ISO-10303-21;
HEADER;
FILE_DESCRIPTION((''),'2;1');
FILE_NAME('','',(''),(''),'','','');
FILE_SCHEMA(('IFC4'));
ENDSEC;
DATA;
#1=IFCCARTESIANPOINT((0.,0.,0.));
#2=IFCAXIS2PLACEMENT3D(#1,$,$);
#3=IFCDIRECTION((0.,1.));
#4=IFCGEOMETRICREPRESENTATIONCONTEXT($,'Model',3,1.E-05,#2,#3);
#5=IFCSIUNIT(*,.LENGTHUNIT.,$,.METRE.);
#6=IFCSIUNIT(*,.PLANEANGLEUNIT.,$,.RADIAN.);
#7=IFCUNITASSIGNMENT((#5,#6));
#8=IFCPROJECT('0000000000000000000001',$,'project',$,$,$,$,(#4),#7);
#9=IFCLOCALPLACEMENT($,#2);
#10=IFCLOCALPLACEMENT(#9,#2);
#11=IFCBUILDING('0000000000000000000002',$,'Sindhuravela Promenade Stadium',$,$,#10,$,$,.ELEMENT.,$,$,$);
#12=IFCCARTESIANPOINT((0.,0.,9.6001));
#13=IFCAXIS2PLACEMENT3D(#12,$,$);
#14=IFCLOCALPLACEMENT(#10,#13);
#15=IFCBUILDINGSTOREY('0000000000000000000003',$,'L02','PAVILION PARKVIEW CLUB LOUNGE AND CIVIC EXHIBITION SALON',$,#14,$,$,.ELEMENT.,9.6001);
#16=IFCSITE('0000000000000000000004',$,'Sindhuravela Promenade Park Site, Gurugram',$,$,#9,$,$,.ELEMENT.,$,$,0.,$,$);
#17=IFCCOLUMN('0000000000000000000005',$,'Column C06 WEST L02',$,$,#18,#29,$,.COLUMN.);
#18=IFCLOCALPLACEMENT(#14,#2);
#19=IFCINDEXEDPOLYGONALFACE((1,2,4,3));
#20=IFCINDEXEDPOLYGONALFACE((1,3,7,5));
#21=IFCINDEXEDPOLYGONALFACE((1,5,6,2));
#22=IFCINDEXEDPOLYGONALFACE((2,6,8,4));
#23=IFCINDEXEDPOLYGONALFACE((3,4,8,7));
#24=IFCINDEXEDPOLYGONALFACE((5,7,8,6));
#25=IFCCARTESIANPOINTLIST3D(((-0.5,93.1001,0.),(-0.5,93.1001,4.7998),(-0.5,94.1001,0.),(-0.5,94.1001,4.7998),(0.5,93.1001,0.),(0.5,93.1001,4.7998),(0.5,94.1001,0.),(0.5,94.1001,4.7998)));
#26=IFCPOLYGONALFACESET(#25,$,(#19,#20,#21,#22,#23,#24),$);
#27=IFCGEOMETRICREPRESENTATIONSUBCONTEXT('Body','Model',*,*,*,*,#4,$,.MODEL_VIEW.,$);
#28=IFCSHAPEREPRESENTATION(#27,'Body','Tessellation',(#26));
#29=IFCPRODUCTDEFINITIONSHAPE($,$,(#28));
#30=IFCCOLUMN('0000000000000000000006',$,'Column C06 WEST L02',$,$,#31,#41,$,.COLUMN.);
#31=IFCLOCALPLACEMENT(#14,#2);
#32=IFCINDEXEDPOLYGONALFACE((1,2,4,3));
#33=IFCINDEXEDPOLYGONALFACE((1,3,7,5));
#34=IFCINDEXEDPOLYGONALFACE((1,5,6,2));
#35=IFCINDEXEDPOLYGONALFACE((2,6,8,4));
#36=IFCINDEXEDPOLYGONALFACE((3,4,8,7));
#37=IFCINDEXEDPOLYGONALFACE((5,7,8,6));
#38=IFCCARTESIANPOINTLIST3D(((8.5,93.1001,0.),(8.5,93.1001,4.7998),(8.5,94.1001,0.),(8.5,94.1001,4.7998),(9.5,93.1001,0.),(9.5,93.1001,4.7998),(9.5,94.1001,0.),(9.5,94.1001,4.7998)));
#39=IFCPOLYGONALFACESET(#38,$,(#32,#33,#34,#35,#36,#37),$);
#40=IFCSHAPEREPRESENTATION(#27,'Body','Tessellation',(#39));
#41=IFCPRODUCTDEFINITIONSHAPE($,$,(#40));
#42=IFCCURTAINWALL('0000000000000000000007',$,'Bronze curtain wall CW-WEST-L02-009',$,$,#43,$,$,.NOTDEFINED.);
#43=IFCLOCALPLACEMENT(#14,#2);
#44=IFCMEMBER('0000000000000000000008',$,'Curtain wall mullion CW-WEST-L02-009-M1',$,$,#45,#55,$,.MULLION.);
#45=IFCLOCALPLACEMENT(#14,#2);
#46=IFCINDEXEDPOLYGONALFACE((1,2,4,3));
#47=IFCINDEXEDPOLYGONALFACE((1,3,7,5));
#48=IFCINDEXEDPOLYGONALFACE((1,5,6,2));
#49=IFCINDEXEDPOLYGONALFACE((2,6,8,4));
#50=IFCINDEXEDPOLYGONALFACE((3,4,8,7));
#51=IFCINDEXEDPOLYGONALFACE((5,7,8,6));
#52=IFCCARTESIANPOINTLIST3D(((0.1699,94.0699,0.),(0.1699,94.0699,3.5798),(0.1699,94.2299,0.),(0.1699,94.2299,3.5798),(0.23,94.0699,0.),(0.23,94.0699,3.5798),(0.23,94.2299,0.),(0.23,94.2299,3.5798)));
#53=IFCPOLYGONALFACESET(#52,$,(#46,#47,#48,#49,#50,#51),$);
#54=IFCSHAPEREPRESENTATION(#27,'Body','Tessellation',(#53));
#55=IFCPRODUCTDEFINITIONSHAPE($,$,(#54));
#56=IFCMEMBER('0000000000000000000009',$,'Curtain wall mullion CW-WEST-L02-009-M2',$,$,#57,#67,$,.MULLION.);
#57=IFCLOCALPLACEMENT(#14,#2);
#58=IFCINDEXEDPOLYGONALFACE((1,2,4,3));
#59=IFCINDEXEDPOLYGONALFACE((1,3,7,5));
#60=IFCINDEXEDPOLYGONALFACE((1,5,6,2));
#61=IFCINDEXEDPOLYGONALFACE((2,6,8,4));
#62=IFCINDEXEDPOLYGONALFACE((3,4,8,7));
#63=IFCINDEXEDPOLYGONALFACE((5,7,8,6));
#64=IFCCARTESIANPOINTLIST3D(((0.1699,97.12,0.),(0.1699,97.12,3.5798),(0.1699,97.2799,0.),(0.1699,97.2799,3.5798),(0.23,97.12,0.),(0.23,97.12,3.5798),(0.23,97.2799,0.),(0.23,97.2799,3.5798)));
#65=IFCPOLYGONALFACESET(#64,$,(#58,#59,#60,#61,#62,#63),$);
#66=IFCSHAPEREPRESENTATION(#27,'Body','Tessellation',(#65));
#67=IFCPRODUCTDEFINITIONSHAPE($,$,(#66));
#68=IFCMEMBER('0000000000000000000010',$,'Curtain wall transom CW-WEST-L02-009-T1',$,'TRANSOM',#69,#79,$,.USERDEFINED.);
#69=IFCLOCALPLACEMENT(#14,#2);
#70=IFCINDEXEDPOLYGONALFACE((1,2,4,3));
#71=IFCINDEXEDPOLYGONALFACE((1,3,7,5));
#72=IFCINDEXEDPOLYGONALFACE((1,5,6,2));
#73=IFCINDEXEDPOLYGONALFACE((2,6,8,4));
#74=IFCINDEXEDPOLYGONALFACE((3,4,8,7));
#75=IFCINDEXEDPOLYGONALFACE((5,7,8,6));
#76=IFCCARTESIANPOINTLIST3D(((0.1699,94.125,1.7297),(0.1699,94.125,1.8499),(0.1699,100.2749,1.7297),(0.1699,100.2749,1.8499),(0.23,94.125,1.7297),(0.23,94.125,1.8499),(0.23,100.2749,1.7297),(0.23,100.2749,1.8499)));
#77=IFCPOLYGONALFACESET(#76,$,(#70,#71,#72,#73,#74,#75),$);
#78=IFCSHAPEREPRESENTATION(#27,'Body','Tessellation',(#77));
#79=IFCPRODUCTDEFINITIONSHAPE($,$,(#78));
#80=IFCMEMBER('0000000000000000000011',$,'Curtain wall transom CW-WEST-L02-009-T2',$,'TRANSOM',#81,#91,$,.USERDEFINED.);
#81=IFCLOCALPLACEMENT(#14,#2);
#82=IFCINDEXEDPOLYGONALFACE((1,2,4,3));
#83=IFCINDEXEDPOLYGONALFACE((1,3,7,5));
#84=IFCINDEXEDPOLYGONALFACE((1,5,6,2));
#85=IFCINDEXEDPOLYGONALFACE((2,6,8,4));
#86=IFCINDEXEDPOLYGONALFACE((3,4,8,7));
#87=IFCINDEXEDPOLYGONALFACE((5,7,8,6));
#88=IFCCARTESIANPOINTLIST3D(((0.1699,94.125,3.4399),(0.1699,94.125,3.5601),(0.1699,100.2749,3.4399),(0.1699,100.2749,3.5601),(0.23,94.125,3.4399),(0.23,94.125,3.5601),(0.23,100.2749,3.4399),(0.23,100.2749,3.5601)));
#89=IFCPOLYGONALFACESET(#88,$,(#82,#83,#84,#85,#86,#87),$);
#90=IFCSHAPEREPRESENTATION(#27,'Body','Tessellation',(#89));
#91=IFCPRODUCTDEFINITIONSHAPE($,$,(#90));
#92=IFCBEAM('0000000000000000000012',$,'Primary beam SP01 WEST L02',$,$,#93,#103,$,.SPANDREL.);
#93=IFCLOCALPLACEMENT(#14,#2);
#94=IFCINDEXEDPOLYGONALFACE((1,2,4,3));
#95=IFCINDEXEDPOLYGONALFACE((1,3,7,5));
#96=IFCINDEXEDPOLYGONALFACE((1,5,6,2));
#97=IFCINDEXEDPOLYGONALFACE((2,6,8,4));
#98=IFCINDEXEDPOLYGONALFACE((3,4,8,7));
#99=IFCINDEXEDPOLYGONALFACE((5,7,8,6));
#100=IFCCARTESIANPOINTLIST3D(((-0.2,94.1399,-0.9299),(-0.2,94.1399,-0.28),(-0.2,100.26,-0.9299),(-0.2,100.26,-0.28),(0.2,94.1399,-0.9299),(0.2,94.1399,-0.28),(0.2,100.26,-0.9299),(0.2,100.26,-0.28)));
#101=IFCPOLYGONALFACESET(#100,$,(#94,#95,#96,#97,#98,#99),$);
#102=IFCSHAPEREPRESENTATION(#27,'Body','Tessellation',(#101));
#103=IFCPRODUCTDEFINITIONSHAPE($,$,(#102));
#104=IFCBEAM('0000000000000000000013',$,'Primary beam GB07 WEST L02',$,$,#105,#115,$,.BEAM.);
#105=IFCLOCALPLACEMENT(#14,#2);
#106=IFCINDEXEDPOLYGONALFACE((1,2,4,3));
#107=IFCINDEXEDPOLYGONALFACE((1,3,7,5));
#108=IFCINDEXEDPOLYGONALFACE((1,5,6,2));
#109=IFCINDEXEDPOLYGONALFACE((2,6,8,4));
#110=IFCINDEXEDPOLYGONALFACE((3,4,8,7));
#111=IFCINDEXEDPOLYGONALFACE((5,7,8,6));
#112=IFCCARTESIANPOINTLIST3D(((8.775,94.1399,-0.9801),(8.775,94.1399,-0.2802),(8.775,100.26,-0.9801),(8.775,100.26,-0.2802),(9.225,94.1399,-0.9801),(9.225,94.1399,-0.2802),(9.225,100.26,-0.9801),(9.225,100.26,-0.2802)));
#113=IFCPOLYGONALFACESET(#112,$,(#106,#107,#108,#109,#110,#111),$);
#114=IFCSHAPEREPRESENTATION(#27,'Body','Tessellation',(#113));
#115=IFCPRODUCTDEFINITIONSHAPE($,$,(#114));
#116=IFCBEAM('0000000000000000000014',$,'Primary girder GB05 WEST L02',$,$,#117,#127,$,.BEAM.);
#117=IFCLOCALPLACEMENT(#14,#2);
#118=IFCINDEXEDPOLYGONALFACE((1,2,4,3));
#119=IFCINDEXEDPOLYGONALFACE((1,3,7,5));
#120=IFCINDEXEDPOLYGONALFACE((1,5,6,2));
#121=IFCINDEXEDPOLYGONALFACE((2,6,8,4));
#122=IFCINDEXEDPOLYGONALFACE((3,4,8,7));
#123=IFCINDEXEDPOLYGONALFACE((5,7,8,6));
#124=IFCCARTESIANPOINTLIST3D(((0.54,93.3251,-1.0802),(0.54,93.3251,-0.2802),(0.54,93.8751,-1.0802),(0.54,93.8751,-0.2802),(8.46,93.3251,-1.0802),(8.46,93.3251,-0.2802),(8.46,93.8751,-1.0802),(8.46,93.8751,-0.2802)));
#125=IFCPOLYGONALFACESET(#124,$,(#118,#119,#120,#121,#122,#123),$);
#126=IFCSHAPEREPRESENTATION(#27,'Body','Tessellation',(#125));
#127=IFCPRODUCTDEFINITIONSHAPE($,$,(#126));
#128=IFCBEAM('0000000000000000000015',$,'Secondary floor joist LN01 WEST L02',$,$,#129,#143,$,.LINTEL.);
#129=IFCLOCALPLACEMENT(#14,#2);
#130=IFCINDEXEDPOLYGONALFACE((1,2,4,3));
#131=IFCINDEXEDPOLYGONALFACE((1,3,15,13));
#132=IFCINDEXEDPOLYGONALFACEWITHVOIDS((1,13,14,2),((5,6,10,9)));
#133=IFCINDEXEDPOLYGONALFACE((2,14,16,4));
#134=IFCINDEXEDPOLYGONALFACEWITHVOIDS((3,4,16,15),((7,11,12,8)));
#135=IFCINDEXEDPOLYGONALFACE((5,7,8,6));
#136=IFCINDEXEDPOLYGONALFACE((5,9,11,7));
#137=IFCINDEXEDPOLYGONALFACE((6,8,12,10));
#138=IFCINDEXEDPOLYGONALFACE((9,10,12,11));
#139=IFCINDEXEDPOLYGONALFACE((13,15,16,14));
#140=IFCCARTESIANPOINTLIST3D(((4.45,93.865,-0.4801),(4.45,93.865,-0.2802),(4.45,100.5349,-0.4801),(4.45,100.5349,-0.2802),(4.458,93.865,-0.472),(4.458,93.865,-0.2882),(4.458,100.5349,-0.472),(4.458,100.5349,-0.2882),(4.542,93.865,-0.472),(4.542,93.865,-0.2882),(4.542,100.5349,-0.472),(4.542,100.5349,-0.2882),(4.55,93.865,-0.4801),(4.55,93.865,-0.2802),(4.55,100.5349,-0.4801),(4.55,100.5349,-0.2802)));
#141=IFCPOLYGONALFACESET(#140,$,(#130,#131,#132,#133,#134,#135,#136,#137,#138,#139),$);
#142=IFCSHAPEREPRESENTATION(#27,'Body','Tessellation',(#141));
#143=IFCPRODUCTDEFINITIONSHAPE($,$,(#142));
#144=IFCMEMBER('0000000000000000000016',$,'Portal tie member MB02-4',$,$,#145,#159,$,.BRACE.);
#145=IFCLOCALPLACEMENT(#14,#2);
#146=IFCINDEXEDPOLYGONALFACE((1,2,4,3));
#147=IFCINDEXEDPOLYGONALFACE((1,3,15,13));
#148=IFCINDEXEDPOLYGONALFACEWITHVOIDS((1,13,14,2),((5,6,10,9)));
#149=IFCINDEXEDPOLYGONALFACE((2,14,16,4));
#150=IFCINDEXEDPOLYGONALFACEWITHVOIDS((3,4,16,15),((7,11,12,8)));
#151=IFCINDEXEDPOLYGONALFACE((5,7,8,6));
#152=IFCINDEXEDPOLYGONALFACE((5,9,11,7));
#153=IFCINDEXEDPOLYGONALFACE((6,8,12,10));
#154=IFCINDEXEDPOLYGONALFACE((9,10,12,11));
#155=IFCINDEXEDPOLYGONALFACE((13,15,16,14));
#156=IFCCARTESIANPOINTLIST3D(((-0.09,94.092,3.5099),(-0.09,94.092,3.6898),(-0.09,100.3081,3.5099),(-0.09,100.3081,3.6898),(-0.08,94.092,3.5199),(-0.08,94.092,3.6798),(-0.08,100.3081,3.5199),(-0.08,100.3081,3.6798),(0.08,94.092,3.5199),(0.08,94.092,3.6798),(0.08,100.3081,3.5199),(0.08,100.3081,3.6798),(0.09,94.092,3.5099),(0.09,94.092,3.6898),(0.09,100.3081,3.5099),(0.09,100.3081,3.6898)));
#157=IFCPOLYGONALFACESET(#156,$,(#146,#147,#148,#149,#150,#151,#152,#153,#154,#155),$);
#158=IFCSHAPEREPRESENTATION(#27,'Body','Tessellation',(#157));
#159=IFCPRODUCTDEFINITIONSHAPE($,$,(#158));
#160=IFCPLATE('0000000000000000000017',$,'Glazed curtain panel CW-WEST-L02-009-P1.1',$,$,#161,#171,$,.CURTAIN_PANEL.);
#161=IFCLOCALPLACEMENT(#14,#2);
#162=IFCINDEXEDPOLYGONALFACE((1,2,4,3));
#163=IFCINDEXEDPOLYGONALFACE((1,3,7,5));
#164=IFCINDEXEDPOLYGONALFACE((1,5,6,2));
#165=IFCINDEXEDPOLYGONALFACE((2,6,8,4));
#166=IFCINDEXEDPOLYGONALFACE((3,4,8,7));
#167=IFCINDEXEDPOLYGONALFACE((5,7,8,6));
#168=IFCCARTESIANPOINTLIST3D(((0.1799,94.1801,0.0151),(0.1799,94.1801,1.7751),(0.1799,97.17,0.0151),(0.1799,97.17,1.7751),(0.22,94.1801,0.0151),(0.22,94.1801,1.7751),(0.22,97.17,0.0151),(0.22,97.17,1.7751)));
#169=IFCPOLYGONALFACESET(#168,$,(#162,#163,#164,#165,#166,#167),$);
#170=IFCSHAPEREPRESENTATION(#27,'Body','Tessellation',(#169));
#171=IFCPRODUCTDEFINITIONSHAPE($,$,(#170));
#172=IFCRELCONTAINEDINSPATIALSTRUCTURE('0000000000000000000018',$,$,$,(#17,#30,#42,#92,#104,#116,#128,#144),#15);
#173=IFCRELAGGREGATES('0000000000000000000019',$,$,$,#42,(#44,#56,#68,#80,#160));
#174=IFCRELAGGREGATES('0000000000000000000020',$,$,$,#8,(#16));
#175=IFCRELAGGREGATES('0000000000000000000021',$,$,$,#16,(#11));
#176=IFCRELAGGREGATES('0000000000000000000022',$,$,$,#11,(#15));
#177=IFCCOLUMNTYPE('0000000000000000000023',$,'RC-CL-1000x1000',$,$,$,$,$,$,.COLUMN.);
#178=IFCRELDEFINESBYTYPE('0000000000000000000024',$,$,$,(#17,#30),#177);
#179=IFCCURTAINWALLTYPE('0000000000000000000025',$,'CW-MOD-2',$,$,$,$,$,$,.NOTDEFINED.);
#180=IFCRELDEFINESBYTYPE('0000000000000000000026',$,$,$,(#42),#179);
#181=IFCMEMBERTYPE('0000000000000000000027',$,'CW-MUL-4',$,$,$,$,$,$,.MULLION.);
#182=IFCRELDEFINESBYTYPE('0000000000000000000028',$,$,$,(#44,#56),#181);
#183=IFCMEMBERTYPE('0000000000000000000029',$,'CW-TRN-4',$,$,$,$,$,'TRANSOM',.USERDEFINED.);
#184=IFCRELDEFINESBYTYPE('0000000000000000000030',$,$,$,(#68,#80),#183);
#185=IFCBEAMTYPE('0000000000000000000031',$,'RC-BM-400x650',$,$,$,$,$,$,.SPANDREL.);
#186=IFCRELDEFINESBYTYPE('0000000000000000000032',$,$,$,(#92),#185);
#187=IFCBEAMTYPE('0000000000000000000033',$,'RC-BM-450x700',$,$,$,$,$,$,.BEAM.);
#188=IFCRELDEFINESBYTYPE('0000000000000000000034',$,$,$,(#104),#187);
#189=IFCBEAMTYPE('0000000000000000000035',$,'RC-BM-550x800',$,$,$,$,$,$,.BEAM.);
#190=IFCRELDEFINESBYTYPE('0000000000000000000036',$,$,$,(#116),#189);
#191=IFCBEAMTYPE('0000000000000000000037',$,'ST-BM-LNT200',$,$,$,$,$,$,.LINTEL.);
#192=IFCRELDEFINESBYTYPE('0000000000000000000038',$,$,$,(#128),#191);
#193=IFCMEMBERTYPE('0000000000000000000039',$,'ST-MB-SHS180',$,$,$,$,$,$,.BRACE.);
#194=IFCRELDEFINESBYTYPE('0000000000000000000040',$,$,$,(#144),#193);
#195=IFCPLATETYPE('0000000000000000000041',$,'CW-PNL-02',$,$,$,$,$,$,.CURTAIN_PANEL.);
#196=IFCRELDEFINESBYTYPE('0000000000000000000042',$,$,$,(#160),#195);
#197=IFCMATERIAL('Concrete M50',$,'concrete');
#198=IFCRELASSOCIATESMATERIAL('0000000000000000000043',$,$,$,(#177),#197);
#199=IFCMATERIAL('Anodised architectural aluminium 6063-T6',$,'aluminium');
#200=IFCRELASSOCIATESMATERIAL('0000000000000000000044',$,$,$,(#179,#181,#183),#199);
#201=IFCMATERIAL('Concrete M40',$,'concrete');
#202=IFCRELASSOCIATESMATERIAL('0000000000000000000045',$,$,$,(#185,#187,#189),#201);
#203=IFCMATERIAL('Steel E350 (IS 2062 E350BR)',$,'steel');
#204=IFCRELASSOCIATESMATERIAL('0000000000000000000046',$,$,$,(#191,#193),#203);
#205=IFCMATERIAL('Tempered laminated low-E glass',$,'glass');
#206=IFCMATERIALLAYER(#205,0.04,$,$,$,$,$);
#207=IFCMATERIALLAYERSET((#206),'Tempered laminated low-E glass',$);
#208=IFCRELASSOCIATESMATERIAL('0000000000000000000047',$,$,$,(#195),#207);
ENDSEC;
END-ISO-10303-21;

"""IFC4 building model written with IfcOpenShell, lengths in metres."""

from ifc_helpers import new_model, si_unit, direction, frame, origin, origin_2d, place, context, subcontext, project, spatial, rectangle, hollow_rectangle, extrude, material, layer, layer_set, material_profile, profile_set, type_object, element, aggregate, save


model = new_model("IFC4")

# Units and contexts
model_context = context("Model", 3, precision=1e-05, world=origin(), true_north=direction((0.0, 1.0)))
body_context = subcontext(model_context, "Body", "Model", "MODEL_VIEW")
ifc_project = project(units=[si_unit("LENGTHUNIT", "METRE"), si_unit("PLANEANGLEUNIT", "RADIAN")], contexts=[model_context])

# Site, building, storey
site_placement = place(None, origin())
site = spatial("IfcSite", under=ifc_project, at=site_placement, Name="Sindhuravela Promenade Park Site, Gurugram", CompositionType="ELEMENT", RefElevation=0.0)
building_placement = place(site_placement, origin())
building = spatial("IfcBuilding", under=site, at=building_placement, Name="Sindhuravela Promenade Stadium", CompositionType="ELEMENT")
storey_placement = place(building_placement, frame((0.0, 0.0, 9.6001)))
storey = spatial("IfcBuildingStorey", under=building, at=storey_placement, Name="L02", Description="PAVILION PARKVIEW CLUB LOUNGE AND CIVIC EXHIBITION SALON", CompositionType="ELEMENT", Elevation=9.6001)

# Columns
ifc_material_1 = material(Name="Concrete M50", Category="concrete")
ifc_material_profile_1 = material_profile(ifc_material_1, rectangle(XDim=1.0, YDim=1.0, at=origin_2d()), Name="RC 1000x1000")
ifc_profile_set_1 = profile_set([ifc_material_profile_1], Name="Concrete M50")
column_type = type_object("IfcColumnType", Name="RC-CL-1000x1000", PredefinedType="COLUMN", material=ifc_profile_set_1)
for number, where, z_axis, x_axis, name in (
    (1, (0.0, 93.6001, 0.0), (0.0, 0.0, 1.0), (1.0, 0.0, 0.0), "Column C06 WEST L02"),
    (2, (9.0, 93.6001, 0.0), (0.0, 0.0, 1.0), (1.0, 0.0, 0.0), "Column C06 WEST L02"),
):
    element("IfcColumn", number, at=place(storey_placement, frame(where, z_axis=z_axis, x_axis=x_axis)), inside=storey, type_object=column_type, Name=name, PredefinedType="COLUMN", context=body_context, shape_type="SweptSolid", body=[
        extrude(rectangle(XDim=1.0, YDim=1.0, at=origin_2d()), origin(), (0.0, 0.0, 1.0), 4.7998),
    ])

# Curtain wall, members
ifc_material_2 = material(Name="Anodised architectural aluminium 6063-T6", Category="aluminium")
curtain_wall_type = type_object("IfcCurtainWallType", Name="CW-MOD-2", PredefinedType="NOTDEFINED", material=ifc_material_2)
curtain_wall_placement = place(storey_placement, origin())
curtain_wall = element("IfcCurtainWall", 3, at=curtain_wall_placement, inside=storey, type_object=curtain_wall_type, Name="Bronze curtain wall CW-WEST-L02-009", PredefinedType="NOTDEFINED")
ifc_material_profile_2 = material_profile(ifc_material_2, rectangle(XDim=0.0601, YDim=0.1599, at=origin_2d()), Name="ALU M60x160")
ifc_profile_set_2 = profile_set([ifc_material_profile_2], Name="Anodised architectural aluminium 6063-T6")
member_type_1 = type_object("IfcMemberType", Name="CW-MUL-4", PredefinedType="MULLION", material=ifc_profile_set_2)
member_1_placement = place(storey_placement, frame((0.2, 94.1499, 0.0), z_axis=(0.0, 0.0, 1.0), x_axis=(1.0, 0.0, 0.0)))
member_1 = element("IfcMember", 4, at=member_1_placement, type_object=member_type_1, Name="Curtain wall mullion CW-WEST-L02-009-M1", PredefinedType="MULLION", context=body_context, shape_type="SweptSolid", body=[
    extrude(rectangle(XDim=0.0601, YDim=0.1599, at=origin_2d()), origin(), (0.0, 0.0, 1.0), 3.5798),
])
member_2_placement = place(storey_placement, frame((0.2, 97.2, 0.0), z_axis=(0.0, 0.0, 1.0), x_axis=(1.0, 0.0, 0.0)))
member_2 = element("IfcMember", 5, at=member_2_placement, type_object=member_type_1, Name="Curtain wall mullion CW-WEST-L02-009-M2", PredefinedType="MULLION", context=body_context, shape_type="SweptSolid", body=[
    extrude(rectangle(XDim=0.0601, YDim=0.1599, at=origin_2d()), origin(), (0.0, 0.0, 1.0), 3.5798),
])
ifc_material_profile_3 = material_profile(ifc_material_2, rectangle(XDim=0.0601, YDim=0.1201, at=origin_2d()), Name="ALU T60x120")
ifc_profile_set_3 = profile_set([ifc_material_profile_3], Name="Anodised architectural aluminium 6063-T6")
member_type_2 = type_object("IfcMemberType", Name="CW-TRN-4", ElementType="TRANSOM", PredefinedType="USERDEFINED", material=ifc_profile_set_3)
member_3_placement = place(storey_placement, frame((0.2, 94.125, 1.7898), z_axis=(0.0, 1.0, 0.0), x_axis=(-1.0, 0.0, 0.0)))
member_3 = element("IfcMember", 6, at=member_3_placement, type_object=member_type_2, Name="Curtain wall transom CW-WEST-L02-009-T1", ObjectType="TRANSOM", PredefinedType="USERDEFINED", context=body_context, shape_type="SweptSolid", body=[
    extrude(rectangle(XDim=0.0601, YDim=0.1201, at=origin_2d()), origin(), (0.0, 0.0, 1.0), 6.1499),
])
member_4_placement = place(storey_placement, frame((0.2, 94.125, 3.5), z_axis=(0.0, 1.0, 0.0), x_axis=(-1.0, 0.0, 0.0)))
member_4 = element("IfcMember", 7, at=member_4_placement, type_object=member_type_2, Name="Curtain wall transom CW-WEST-L02-009-T2", ObjectType="TRANSOM", PredefinedType="USERDEFINED", context=body_context, shape_type="SweptSolid", body=[
    extrude(rectangle(XDim=0.0601, YDim=0.1201, at=origin_2d()), origin(), (0.0, 0.0, 1.0), 6.1499),
])

# Beams
ifc_material_3 = material(Name="Concrete M40", Category="concrete")
ifc_material_profile_4 = material_profile(ifc_material_3, rectangle(XDim=0.3999, YDim=0.6499, at=origin_2d()), Name="RC 400x650")
ifc_profile_set_4 = profile_set([ifc_material_profile_4], Name="Concrete M40")
beam_type_1 = type_object("IfcBeamType", Name="RC-BM-400x650", PredefinedType="SPANDREL", material=ifc_profile_set_4)
beam_1_placement = place(storey_placement, frame((0.0, 94.1399, -0.605), z_axis=(0.0, 1.0, 0.0), x_axis=(-1.0, 0.0, 0.0)))
element("IfcBeam", 8, at=beam_1_placement, inside=storey, type_object=beam_type_1, Name="Primary beam SP01 WEST L02", PredefinedType="SPANDREL", context=body_context, shape_type="SweptSolid", body=[
    extrude(rectangle(XDim=0.3999, YDim=0.6499, at=origin_2d()), origin(), (0.0, 0.0, 1.0), 6.1201),
])
ifc_material_profile_5 = material_profile(ifc_material_3, rectangle(XDim=0.45, YDim=0.7, at=origin_2d()), Name="RC 450x700")
ifc_profile_set_5 = profile_set([ifc_material_profile_5], Name="Concrete M40")
beam_type_2 = type_object("IfcBeamType", Name="RC-BM-450x700", PredefinedType="BEAM", material=ifc_profile_set_5)
beam_2_placement = place(storey_placement, frame((9.0, 94.1399, -0.6301), z_axis=(0.0, 1.0, 0.0), x_axis=(-1.0, 0.0, 0.0)))
element("IfcBeam", 9, at=beam_2_placement, inside=storey, type_object=beam_type_2, Name="Primary beam GB07 WEST L02", PredefinedType="BEAM", context=body_context, shape_type="SweptSolid", body=[
    extrude(rectangle(XDim=0.45, YDim=0.7, at=origin_2d()), origin(), (0.0, 0.0, 1.0), 6.1201),
])
ifc_material_profile_6 = material_profile(ifc_material_3, rectangle(XDim=0.55, YDim=0.8, at=origin_2d()), Name="RC 550x800")
ifc_profile_set_6 = profile_set([ifc_material_profile_6], Name="Concrete M40")
beam_type_3 = type_object("IfcBeamType", Name="RC-BM-550x800", PredefinedType="BEAM", material=ifc_profile_set_6)
beam_3_placement = place(storey_placement, frame((0.54, 93.6001, -0.6802), z_axis=(1.0, 0.0, 0.0), x_axis=(0.0, 1.0, 0.0)))
element("IfcBeam", 10, at=beam_3_placement, inside=storey, type_object=beam_type_3, Name="Primary girder GB05 WEST L02", PredefinedType="BEAM", context=body_context, shape_type="SweptSolid", body=[
    extrude(rectangle(XDim=0.55, YDim=0.8, at=origin_2d()), origin(), (0.0, 0.0, 1.0), 7.9199),
])
ifc_material_4 = material(Name="Steel E350 (IS 2062 E350BR)", Category="steel")
ifc_material_profile_7 = material_profile(ifc_material_4, hollow_rectangle(XDim=0.1001, YDim=0.2, WallThickness=0.0081, at=origin_2d()), Name="RHS 200x100x8")
ifc_profile_set_7 = profile_set([ifc_material_profile_7], Name="Steel E350 (IS 2062 E350BR)")
beam_type_4 = type_object("IfcBeamType", Name="ST-BM-LNT200", PredefinedType="LINTEL", material=ifc_profile_set_7)
beam_4_placement = place(storey_placement, frame((4.5, 93.865, -0.3801), z_axis=(0.0, 1.0, 0.0), x_axis=(-1.0, 0.0, 0.0)))
element("IfcBeam", 11, at=beam_4_placement, inside=storey, type_object=beam_type_4, Name="Secondary floor joist LN01 WEST L02", PredefinedType="LINTEL", context=body_context, shape_type="SweptSolid", body=[
    extrude(hollow_rectangle(XDim=0.1001, YDim=0.2, WallThickness=0.0081, at=origin_2d()), origin(), (0.0, 0.0, 1.0), 6.6699),
])

# Member
ifc_material_profile_8 = material_profile(ifc_material_4, hollow_rectangle(XDim=0.1799, YDim=0.1799, WallThickness=0.01, at=origin_2d()), Name="SHS 180x180x10")
ifc_profile_set_8 = profile_set([ifc_material_profile_8], Name="Steel E350 (IS 2062 E350BR)")
member_type_3 = type_object("IfcMemberType", Name="ST-MB-SHS180", PredefinedType="BRACE", material=ifc_profile_set_8)
member_5_placement = place(storey_placement, frame((0.0, 94.092, 3.5999), z_axis=(0.0, 1.0, 0.0), x_axis=(-1.0, 0.0, 0.0)))
element("IfcMember", 12, at=member_5_placement, inside=storey, type_object=member_type_3, Name="Portal tie member MB02-4", PredefinedType="BRACE", context=body_context, shape_type="SweptSolid", body=[
    extrude(hollow_rectangle(XDim=0.1799, YDim=0.1799, WallThickness=0.01, at=origin_2d()), origin(), (0.0, 0.0, 1.0), 6.2161),
])

# Plate
ifc_material_5 = material(Name="Tempered laminated low-E glass", Category="glass")
ifc_layer_1 = layer(ifc_material_5, 0.04)
ifc_layer_set_1 = layer_set([ifc_layer_1], Name="Tempered laminated low-E glass")
plate_type_1 = type_object("IfcPlateType", Name="CW-PNL-02", PredefinedType="CURTAIN_PANEL", material=ifc_layer_set_1)
plate_1_placement = place(storey_placement, frame((0.2, 95.675, 0.0151), z_axis=(0.0, 0.0, 1.0), x_axis=(0.0, 1.0, 0.0)))
plate_1 = element("IfcPlate", 13, at=plate_1_placement, type_object=plate_type_1, Name="Glazed curtain panel CW-WEST-L02-009-P1.1", PredefinedType="CURTAIN_PANEL", context=body_context, shape_type="SweptSolid", body=[
    extrude(rectangle(XDim=2.99, YDim=0.04, at=origin_2d()), origin(), (0.0, 0.0, 1.0), 1.76),
])
aggregate(curtain_wall, [member_1, member_2, member_3, member_4, plate_1])

save(model, "model.ifc")
